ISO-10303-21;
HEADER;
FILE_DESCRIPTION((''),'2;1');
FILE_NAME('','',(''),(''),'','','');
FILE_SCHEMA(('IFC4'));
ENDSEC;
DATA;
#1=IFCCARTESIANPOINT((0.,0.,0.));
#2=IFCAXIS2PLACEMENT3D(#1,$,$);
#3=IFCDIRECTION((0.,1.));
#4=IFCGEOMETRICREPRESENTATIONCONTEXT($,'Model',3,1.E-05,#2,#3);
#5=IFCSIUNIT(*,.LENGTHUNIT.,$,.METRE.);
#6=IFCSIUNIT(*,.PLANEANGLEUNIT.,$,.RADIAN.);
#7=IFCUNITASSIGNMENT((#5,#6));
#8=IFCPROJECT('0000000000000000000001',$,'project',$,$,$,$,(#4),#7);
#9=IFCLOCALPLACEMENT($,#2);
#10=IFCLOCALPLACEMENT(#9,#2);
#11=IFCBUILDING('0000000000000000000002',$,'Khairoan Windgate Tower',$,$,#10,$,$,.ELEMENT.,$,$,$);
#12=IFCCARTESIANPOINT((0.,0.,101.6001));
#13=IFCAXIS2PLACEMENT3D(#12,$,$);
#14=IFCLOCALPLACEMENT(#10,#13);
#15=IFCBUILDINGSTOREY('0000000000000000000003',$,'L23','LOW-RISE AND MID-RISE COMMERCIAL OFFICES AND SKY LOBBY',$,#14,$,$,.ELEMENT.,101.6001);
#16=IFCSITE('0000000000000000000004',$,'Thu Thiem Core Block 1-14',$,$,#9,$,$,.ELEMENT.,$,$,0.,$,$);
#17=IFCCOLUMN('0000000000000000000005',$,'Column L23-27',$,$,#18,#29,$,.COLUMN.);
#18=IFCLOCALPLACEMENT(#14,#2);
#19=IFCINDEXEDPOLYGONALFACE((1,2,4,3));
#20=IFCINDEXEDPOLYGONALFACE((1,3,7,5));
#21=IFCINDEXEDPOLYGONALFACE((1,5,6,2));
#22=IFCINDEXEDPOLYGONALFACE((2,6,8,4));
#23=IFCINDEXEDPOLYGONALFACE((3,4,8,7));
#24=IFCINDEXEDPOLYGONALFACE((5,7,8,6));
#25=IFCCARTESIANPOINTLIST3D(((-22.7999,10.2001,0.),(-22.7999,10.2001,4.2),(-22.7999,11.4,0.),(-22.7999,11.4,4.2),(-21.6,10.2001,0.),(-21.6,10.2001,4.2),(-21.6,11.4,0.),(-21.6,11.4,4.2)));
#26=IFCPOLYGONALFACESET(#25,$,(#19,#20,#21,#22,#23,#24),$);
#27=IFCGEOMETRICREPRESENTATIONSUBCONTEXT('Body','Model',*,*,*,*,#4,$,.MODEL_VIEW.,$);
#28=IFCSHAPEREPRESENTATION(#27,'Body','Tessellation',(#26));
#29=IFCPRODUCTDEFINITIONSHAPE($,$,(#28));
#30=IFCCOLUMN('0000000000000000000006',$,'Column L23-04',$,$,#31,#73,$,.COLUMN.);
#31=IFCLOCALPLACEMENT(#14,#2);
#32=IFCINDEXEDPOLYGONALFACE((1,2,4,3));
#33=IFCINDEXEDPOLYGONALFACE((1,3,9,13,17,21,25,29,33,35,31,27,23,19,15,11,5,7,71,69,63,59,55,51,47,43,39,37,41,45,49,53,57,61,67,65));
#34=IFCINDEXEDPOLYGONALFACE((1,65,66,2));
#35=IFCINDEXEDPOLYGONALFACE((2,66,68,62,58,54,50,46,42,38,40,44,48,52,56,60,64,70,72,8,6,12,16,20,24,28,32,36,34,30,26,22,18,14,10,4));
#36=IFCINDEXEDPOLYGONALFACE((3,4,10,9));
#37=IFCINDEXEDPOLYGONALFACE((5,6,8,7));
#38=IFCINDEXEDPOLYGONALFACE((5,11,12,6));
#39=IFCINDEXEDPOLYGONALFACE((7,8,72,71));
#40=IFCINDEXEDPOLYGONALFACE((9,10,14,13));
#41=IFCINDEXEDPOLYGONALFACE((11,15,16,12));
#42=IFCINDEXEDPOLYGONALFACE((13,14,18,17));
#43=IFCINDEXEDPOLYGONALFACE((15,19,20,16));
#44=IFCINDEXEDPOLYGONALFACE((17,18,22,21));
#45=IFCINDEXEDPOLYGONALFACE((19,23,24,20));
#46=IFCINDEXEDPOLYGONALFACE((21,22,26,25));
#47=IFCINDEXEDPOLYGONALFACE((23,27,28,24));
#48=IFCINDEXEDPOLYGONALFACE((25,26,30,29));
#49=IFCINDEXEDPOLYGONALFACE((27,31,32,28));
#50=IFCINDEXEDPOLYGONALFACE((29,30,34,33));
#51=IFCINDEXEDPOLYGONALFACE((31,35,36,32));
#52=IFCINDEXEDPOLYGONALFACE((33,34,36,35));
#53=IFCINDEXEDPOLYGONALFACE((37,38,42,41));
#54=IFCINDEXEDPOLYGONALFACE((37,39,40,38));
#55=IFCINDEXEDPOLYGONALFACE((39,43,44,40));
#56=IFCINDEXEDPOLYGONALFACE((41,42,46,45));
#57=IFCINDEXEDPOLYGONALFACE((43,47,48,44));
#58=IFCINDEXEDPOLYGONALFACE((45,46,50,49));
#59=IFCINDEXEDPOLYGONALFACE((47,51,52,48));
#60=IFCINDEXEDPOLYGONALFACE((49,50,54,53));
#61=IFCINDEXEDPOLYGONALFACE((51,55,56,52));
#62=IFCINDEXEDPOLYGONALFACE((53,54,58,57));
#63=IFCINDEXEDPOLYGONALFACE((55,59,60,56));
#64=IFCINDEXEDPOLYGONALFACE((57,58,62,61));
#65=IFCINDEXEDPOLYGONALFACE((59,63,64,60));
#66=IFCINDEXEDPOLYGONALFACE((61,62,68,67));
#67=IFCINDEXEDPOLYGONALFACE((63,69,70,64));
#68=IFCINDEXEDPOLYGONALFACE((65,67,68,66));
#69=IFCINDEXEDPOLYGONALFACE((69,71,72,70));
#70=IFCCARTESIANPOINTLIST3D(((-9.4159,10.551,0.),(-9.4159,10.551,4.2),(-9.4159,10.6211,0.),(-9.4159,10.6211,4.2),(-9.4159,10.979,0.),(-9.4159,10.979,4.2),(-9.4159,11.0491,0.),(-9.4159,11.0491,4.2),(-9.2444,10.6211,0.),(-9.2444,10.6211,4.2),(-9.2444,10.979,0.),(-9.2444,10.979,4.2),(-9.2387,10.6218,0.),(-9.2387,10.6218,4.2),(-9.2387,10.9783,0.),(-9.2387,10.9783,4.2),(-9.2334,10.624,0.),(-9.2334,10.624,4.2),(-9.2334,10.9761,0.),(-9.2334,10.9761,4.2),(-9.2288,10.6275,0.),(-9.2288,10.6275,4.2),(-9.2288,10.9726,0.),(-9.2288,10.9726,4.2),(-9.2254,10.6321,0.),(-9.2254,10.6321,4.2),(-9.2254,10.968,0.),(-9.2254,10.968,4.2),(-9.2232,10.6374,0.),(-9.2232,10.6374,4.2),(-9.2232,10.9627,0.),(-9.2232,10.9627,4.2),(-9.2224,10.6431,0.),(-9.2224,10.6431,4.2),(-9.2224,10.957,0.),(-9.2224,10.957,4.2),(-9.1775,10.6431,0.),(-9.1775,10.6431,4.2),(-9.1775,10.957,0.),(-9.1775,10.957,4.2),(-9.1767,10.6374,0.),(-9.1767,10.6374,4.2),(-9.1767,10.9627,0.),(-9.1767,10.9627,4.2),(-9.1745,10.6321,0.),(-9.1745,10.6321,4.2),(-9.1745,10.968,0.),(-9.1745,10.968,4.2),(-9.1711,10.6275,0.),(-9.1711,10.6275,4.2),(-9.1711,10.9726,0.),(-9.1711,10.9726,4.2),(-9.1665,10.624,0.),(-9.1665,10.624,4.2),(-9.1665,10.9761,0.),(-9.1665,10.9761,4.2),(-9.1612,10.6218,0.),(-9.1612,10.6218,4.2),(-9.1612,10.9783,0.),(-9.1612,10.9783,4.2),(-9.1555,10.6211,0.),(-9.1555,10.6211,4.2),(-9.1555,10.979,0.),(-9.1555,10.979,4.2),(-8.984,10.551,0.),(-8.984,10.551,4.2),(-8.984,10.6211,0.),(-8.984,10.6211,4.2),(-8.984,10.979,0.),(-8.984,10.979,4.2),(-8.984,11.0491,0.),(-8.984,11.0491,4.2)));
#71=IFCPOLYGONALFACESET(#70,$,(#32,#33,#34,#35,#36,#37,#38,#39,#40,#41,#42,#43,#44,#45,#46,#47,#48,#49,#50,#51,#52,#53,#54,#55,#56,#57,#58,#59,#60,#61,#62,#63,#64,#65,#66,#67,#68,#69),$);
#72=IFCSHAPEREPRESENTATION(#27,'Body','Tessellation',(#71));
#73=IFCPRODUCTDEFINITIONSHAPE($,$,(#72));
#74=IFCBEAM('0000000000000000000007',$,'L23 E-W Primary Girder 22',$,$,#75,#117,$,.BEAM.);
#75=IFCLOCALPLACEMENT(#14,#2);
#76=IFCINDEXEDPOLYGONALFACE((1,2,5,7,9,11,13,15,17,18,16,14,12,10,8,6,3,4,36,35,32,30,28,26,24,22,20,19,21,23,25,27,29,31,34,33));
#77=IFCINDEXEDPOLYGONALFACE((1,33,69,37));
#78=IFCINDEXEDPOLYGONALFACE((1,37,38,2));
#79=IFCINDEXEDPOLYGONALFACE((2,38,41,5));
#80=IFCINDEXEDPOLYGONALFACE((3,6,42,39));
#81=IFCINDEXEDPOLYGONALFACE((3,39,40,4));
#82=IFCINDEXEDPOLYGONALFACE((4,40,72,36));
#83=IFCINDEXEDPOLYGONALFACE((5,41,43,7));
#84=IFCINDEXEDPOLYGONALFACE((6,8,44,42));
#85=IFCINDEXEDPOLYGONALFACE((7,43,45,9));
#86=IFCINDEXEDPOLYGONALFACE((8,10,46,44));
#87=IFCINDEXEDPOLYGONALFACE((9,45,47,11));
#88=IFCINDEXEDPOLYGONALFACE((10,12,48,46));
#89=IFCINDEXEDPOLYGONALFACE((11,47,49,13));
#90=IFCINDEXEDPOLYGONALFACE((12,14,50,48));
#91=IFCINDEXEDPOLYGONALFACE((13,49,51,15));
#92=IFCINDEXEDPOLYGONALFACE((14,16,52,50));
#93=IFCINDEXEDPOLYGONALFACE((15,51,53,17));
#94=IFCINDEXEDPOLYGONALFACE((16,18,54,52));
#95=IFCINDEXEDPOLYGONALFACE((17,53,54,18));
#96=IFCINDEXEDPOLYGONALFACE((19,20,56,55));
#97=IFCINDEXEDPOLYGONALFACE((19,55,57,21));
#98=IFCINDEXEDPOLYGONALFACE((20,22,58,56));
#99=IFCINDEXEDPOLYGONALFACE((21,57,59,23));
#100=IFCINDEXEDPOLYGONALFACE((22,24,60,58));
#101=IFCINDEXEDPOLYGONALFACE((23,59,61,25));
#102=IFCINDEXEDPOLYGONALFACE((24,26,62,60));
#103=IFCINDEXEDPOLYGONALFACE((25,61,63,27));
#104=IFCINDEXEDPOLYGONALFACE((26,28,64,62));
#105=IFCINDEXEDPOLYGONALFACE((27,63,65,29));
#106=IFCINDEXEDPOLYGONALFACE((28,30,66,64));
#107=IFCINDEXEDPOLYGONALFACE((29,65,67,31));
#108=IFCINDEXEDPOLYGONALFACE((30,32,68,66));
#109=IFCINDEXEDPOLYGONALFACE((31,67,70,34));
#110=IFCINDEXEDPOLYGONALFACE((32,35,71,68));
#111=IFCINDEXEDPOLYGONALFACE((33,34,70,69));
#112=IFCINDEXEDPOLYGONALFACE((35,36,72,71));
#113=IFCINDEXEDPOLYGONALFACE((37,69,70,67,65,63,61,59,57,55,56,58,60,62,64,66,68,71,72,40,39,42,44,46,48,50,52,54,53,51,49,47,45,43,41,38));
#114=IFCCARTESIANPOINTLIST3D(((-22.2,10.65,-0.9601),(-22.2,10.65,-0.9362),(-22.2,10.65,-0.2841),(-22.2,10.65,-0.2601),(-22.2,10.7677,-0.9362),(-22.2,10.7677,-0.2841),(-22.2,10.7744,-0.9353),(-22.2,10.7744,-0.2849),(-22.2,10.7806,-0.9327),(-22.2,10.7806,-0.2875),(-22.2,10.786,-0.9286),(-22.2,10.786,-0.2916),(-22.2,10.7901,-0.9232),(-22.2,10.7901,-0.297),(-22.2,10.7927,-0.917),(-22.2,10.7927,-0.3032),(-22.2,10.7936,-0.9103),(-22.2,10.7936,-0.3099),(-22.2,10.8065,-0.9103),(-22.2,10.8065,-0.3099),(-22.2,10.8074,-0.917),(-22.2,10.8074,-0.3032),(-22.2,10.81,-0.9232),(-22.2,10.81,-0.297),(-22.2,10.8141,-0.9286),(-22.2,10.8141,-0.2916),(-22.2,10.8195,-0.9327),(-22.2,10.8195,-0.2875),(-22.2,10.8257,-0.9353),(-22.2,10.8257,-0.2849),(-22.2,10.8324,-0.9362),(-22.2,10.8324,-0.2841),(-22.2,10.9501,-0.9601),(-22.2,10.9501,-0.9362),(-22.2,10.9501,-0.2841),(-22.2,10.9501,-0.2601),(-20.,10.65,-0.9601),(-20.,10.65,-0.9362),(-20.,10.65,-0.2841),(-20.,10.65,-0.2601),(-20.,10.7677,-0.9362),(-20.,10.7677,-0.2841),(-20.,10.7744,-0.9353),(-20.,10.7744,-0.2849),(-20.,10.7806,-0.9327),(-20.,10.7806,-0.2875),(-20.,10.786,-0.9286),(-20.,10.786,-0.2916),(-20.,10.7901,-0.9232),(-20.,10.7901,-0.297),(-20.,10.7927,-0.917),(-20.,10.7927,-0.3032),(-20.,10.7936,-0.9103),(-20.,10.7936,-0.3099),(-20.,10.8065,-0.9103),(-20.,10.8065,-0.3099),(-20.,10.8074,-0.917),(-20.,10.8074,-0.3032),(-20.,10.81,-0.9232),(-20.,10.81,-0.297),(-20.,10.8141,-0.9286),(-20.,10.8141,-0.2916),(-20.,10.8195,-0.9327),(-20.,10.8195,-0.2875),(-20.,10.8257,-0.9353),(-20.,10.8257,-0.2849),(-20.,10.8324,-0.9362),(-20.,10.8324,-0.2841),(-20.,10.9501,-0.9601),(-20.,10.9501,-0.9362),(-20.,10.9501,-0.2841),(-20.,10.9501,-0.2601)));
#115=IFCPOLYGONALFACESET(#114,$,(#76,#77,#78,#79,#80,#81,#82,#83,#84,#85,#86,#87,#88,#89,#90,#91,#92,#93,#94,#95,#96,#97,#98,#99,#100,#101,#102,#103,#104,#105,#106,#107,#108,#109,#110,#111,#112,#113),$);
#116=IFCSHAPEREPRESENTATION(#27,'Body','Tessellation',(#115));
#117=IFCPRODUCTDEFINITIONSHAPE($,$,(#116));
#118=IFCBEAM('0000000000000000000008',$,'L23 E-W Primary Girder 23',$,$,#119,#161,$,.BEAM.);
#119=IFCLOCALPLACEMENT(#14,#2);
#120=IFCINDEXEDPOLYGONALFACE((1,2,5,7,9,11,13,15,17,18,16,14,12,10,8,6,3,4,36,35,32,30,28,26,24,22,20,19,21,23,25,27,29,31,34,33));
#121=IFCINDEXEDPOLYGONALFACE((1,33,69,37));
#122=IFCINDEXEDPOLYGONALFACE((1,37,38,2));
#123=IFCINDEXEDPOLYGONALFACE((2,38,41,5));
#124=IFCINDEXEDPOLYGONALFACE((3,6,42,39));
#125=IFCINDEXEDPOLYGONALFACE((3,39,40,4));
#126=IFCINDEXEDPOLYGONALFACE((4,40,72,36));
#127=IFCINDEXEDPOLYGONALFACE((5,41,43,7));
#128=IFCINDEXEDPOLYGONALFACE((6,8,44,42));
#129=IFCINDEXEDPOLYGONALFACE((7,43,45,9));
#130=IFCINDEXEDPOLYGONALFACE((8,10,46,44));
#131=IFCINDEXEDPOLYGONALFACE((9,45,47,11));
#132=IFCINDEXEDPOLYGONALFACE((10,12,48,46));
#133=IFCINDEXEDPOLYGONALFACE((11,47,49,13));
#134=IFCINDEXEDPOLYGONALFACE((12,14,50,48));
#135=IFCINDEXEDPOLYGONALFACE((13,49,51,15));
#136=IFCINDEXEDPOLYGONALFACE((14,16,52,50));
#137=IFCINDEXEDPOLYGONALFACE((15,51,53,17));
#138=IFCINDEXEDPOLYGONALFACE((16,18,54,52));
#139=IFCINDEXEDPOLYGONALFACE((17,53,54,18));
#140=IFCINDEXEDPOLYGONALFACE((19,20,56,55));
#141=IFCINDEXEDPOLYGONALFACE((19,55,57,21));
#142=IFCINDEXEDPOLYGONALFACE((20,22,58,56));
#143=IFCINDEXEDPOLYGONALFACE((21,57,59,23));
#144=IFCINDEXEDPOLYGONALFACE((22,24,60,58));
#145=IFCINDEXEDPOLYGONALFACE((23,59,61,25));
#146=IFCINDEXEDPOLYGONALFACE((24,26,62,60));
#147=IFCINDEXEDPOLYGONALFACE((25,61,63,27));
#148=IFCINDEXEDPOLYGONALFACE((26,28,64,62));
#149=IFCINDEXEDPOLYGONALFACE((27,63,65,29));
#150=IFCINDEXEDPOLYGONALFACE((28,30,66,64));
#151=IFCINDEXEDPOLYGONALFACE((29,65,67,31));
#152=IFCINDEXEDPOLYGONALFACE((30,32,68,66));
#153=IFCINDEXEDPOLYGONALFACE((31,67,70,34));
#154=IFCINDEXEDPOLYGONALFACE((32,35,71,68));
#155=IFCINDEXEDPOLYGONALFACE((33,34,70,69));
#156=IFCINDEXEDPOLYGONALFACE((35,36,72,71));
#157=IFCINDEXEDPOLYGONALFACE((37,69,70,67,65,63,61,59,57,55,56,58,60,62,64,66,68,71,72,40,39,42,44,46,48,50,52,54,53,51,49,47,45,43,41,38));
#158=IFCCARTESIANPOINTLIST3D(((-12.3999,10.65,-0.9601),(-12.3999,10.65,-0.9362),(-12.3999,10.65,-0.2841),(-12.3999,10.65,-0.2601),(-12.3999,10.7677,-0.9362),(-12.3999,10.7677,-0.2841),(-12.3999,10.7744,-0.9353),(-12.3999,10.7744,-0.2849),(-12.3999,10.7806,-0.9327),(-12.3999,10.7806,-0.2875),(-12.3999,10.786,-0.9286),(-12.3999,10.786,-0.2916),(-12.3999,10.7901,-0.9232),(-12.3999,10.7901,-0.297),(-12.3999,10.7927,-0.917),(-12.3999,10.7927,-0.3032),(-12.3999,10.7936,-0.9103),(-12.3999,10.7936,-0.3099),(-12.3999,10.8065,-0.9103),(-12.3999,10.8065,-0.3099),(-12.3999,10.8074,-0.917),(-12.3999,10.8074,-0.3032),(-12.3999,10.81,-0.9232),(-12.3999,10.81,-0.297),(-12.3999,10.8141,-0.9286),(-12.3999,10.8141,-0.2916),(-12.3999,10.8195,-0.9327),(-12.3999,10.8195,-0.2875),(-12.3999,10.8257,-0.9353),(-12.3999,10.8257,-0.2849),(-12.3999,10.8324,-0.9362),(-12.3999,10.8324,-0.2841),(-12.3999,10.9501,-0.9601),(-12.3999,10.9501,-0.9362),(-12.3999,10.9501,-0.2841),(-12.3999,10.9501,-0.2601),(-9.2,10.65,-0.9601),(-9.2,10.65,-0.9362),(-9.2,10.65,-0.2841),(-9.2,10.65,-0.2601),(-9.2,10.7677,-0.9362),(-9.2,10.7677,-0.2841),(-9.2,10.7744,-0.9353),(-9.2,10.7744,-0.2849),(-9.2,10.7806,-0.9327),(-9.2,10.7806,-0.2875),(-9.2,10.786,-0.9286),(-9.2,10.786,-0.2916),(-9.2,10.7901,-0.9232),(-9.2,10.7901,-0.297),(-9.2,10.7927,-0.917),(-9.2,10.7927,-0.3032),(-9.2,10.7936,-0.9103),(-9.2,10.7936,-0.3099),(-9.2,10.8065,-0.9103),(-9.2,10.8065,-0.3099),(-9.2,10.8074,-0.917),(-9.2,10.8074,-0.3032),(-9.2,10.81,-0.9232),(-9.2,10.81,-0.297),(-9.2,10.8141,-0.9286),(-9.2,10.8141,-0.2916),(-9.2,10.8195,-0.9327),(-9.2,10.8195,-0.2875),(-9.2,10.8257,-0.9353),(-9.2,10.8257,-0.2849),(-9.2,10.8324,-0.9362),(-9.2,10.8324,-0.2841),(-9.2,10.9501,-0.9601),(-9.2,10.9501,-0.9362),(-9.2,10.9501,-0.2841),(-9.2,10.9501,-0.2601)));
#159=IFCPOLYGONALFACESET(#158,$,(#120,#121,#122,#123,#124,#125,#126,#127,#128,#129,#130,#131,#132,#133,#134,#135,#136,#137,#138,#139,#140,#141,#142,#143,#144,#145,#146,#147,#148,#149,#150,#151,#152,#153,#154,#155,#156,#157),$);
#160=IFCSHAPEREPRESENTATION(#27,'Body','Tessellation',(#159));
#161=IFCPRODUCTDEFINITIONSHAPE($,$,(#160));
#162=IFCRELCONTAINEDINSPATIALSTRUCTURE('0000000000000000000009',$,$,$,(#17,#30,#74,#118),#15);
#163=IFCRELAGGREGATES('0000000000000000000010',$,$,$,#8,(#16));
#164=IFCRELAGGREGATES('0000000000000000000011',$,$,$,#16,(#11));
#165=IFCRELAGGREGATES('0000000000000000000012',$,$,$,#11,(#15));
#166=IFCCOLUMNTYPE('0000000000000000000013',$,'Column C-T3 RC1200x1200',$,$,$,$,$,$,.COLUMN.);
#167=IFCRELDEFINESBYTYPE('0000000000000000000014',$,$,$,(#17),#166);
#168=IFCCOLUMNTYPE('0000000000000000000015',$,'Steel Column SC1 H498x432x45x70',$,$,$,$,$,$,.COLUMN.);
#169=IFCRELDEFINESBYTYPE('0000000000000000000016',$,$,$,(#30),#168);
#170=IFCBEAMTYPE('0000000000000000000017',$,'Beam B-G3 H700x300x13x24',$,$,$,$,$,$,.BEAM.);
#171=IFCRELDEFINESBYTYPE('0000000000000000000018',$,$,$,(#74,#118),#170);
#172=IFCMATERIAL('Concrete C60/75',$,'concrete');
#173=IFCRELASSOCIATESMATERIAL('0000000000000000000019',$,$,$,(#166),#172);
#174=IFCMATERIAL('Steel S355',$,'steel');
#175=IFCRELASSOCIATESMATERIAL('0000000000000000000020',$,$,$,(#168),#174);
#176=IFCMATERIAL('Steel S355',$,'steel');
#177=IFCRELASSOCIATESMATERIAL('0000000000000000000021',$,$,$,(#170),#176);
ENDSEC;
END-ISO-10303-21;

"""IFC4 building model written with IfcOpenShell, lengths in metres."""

from ifc_helpers import new_model, si_unit, direction, frame, origin, origin_2d, place, context, subcontext, project, spatial, rectangle, i_section, extrude, material, material_profile, profile_set, type_object, element, save


model = new_model("IFC4")

# Units and contexts
model_context = context("Model", 3, precision=1e-05, world=origin(), true_north=direction((0.0, 1.0)))
body_context = subcontext(model_context, "Body", "Model", "MODEL_VIEW")
ifc_project = project(units=[si_unit("LENGTHUNIT", "METRE"), si_unit("PLANEANGLEUNIT", "RADIAN")], contexts=[model_context])

# Site, building, storey
site_placement = place(None, origin())
site = spatial("IfcSite", under=ifc_project, at=site_placement, Name="Thu Thiem Core Block 1-14", CompositionType="ELEMENT", RefElevation=0.0)
building_placement = place(site_placement, origin())
building = spatial("IfcBuilding", under=site, at=building_placement, Name="Khairoan Windgate Tower", CompositionType="ELEMENT")
storey_placement = place(building_placement, frame((0.0, 0.0, 101.6001)))
storey = spatial("IfcBuildingStorey", under=building, at=storey_placement, Name="L23", Description="LOW-RISE AND MID-RISE COMMERCIAL OFFICES AND SKY LOBBY", CompositionType="ELEMENT", Elevation=101.6001)

# Columns
ifc_material_1 = material(Name="Concrete C60/75", Category="concrete")
ifc_material_profile_1 = material_profile(ifc_material_1, rectangle(XDim=1.2, YDim=1.2, at=origin_2d()))
ifc_profile_set_1 = profile_set([ifc_material_profile_1], Name="Concrete C60/75")
column_type_1 = type_object("IfcColumnType", Name="Column C-T3 RC1200x1200", PredefinedType="COLUMN", material=ifc_profile_set_1)
column_1_placement = place(storey_placement, frame((-22.2, 10.8, 0.0), z_axis=(0.0, 0.0, 1.0), x_axis=(1.0, 0.0, 0.0)))
element("IfcColumn", 1, at=column_1_placement, inside=storey, type_object=column_type_1, Name="Column L23-27", PredefinedType="COLUMN", context=body_context, shape_type="SweptSolid", body=[
    extrude(rectangle(XDim=1.2, YDim=1.2, at=origin_2d()), origin(), (0.0, 0.0, 1.0), 4.2),
])
ifc_material_2 = material(Name="Steel S355", Category="steel")
ifc_material_profile_2 = material_profile(ifc_material_2, i_section(OverallWidth=0.4319, OverallDepth=0.498, WebThickness=0.0449, FlangeThickness=0.0701, FilletRadius=0.022, at=origin_2d()))
ifc_profile_set_2 = profile_set([ifc_material_profile_2], Name="Steel S355")
column_type_2 = type_object("IfcColumnType", Name="Steel Column SC1 H498x432x45x70", PredefinedType="COLUMN", material=ifc_profile_set_2)
column_2_placement = place(storey_placement, frame((-9.2, 10.8, 0.0), z_axis=(0.0, 0.0, 1.0), x_axis=(1.0, 0.0, 0.0)))
element("IfcColumn", 2, at=column_2_placement, inside=storey, type_object=column_type_2, Name="Column L23-04", PredefinedType="COLUMN", context=body_context, shape_type="SweptSolid", body=[
    extrude(i_section(OverallWidth=0.4319, OverallDepth=0.498, WebThickness=0.0449, FlangeThickness=0.0701, FilletRadius=0.022, at=origin_2d()), origin(), (0.0, 0.0, 1.0), 4.2),
])

# Beams
ifc_material_3 = material(Name="Steel S355", Category="steel")
ifc_material_profile_3 = material_profile(ifc_material_3, i_section(OverallWidth=0.3, OverallDepth=0.7, WebThickness=0.0129, FlangeThickness=0.0239, FilletRadius=0.0259, at=origin_2d()))
ifc_profile_set_3 = profile_set([ifc_material_profile_3], Name="Steel S355")
beam_type = type_object("IfcBeamType", Name="Beam B-G3 H700x300x13x24", PredefinedType="BEAM", material=ifc_profile_set_3)
beam_1_placement = place(storey_placement, frame((-22.2, 10.8, -0.6101), z_axis=(1.0, 0.0, 0.0), x_axis=(0.0, 1.0, 0.0)))
element("IfcBeam", 3, at=beam_1_placement, inside=storey, type_object=beam_type, Name="L23 E-W Primary Girder 22", PredefinedType="BEAM", context=body_context, shape_type="SweptSolid", body=[
    extrude(i_section(OverallWidth=0.3, OverallDepth=0.7, WebThickness=0.0129, FlangeThickness=0.0239, FilletRadius=0.0259, at=origin_2d()), origin(), (0.0, 0.0, 1.0), 2.2),
])
beam_2_placement = place(storey_placement, frame((-12.3999, 10.8, -0.6101), z_axis=(1.0, 0.0, 0.0), x_axis=(0.0, 1.0, 0.0)))
element("IfcBeam", 4, at=beam_2_placement, inside=storey, type_object=beam_type, Name="L23 E-W Primary Girder 23", PredefinedType="BEAM", context=body_context, shape_type="SweptSolid", body=[
    extrude(i_section(OverallWidth=0.3, OverallDepth=0.7, WebThickness=0.0129, FlangeThickness=0.0239, FilletRadius=0.0259, at=origin_2d()), origin(), (0.0, 0.0, 1.0), 3.2),
])

save(model, "model.ifc")
